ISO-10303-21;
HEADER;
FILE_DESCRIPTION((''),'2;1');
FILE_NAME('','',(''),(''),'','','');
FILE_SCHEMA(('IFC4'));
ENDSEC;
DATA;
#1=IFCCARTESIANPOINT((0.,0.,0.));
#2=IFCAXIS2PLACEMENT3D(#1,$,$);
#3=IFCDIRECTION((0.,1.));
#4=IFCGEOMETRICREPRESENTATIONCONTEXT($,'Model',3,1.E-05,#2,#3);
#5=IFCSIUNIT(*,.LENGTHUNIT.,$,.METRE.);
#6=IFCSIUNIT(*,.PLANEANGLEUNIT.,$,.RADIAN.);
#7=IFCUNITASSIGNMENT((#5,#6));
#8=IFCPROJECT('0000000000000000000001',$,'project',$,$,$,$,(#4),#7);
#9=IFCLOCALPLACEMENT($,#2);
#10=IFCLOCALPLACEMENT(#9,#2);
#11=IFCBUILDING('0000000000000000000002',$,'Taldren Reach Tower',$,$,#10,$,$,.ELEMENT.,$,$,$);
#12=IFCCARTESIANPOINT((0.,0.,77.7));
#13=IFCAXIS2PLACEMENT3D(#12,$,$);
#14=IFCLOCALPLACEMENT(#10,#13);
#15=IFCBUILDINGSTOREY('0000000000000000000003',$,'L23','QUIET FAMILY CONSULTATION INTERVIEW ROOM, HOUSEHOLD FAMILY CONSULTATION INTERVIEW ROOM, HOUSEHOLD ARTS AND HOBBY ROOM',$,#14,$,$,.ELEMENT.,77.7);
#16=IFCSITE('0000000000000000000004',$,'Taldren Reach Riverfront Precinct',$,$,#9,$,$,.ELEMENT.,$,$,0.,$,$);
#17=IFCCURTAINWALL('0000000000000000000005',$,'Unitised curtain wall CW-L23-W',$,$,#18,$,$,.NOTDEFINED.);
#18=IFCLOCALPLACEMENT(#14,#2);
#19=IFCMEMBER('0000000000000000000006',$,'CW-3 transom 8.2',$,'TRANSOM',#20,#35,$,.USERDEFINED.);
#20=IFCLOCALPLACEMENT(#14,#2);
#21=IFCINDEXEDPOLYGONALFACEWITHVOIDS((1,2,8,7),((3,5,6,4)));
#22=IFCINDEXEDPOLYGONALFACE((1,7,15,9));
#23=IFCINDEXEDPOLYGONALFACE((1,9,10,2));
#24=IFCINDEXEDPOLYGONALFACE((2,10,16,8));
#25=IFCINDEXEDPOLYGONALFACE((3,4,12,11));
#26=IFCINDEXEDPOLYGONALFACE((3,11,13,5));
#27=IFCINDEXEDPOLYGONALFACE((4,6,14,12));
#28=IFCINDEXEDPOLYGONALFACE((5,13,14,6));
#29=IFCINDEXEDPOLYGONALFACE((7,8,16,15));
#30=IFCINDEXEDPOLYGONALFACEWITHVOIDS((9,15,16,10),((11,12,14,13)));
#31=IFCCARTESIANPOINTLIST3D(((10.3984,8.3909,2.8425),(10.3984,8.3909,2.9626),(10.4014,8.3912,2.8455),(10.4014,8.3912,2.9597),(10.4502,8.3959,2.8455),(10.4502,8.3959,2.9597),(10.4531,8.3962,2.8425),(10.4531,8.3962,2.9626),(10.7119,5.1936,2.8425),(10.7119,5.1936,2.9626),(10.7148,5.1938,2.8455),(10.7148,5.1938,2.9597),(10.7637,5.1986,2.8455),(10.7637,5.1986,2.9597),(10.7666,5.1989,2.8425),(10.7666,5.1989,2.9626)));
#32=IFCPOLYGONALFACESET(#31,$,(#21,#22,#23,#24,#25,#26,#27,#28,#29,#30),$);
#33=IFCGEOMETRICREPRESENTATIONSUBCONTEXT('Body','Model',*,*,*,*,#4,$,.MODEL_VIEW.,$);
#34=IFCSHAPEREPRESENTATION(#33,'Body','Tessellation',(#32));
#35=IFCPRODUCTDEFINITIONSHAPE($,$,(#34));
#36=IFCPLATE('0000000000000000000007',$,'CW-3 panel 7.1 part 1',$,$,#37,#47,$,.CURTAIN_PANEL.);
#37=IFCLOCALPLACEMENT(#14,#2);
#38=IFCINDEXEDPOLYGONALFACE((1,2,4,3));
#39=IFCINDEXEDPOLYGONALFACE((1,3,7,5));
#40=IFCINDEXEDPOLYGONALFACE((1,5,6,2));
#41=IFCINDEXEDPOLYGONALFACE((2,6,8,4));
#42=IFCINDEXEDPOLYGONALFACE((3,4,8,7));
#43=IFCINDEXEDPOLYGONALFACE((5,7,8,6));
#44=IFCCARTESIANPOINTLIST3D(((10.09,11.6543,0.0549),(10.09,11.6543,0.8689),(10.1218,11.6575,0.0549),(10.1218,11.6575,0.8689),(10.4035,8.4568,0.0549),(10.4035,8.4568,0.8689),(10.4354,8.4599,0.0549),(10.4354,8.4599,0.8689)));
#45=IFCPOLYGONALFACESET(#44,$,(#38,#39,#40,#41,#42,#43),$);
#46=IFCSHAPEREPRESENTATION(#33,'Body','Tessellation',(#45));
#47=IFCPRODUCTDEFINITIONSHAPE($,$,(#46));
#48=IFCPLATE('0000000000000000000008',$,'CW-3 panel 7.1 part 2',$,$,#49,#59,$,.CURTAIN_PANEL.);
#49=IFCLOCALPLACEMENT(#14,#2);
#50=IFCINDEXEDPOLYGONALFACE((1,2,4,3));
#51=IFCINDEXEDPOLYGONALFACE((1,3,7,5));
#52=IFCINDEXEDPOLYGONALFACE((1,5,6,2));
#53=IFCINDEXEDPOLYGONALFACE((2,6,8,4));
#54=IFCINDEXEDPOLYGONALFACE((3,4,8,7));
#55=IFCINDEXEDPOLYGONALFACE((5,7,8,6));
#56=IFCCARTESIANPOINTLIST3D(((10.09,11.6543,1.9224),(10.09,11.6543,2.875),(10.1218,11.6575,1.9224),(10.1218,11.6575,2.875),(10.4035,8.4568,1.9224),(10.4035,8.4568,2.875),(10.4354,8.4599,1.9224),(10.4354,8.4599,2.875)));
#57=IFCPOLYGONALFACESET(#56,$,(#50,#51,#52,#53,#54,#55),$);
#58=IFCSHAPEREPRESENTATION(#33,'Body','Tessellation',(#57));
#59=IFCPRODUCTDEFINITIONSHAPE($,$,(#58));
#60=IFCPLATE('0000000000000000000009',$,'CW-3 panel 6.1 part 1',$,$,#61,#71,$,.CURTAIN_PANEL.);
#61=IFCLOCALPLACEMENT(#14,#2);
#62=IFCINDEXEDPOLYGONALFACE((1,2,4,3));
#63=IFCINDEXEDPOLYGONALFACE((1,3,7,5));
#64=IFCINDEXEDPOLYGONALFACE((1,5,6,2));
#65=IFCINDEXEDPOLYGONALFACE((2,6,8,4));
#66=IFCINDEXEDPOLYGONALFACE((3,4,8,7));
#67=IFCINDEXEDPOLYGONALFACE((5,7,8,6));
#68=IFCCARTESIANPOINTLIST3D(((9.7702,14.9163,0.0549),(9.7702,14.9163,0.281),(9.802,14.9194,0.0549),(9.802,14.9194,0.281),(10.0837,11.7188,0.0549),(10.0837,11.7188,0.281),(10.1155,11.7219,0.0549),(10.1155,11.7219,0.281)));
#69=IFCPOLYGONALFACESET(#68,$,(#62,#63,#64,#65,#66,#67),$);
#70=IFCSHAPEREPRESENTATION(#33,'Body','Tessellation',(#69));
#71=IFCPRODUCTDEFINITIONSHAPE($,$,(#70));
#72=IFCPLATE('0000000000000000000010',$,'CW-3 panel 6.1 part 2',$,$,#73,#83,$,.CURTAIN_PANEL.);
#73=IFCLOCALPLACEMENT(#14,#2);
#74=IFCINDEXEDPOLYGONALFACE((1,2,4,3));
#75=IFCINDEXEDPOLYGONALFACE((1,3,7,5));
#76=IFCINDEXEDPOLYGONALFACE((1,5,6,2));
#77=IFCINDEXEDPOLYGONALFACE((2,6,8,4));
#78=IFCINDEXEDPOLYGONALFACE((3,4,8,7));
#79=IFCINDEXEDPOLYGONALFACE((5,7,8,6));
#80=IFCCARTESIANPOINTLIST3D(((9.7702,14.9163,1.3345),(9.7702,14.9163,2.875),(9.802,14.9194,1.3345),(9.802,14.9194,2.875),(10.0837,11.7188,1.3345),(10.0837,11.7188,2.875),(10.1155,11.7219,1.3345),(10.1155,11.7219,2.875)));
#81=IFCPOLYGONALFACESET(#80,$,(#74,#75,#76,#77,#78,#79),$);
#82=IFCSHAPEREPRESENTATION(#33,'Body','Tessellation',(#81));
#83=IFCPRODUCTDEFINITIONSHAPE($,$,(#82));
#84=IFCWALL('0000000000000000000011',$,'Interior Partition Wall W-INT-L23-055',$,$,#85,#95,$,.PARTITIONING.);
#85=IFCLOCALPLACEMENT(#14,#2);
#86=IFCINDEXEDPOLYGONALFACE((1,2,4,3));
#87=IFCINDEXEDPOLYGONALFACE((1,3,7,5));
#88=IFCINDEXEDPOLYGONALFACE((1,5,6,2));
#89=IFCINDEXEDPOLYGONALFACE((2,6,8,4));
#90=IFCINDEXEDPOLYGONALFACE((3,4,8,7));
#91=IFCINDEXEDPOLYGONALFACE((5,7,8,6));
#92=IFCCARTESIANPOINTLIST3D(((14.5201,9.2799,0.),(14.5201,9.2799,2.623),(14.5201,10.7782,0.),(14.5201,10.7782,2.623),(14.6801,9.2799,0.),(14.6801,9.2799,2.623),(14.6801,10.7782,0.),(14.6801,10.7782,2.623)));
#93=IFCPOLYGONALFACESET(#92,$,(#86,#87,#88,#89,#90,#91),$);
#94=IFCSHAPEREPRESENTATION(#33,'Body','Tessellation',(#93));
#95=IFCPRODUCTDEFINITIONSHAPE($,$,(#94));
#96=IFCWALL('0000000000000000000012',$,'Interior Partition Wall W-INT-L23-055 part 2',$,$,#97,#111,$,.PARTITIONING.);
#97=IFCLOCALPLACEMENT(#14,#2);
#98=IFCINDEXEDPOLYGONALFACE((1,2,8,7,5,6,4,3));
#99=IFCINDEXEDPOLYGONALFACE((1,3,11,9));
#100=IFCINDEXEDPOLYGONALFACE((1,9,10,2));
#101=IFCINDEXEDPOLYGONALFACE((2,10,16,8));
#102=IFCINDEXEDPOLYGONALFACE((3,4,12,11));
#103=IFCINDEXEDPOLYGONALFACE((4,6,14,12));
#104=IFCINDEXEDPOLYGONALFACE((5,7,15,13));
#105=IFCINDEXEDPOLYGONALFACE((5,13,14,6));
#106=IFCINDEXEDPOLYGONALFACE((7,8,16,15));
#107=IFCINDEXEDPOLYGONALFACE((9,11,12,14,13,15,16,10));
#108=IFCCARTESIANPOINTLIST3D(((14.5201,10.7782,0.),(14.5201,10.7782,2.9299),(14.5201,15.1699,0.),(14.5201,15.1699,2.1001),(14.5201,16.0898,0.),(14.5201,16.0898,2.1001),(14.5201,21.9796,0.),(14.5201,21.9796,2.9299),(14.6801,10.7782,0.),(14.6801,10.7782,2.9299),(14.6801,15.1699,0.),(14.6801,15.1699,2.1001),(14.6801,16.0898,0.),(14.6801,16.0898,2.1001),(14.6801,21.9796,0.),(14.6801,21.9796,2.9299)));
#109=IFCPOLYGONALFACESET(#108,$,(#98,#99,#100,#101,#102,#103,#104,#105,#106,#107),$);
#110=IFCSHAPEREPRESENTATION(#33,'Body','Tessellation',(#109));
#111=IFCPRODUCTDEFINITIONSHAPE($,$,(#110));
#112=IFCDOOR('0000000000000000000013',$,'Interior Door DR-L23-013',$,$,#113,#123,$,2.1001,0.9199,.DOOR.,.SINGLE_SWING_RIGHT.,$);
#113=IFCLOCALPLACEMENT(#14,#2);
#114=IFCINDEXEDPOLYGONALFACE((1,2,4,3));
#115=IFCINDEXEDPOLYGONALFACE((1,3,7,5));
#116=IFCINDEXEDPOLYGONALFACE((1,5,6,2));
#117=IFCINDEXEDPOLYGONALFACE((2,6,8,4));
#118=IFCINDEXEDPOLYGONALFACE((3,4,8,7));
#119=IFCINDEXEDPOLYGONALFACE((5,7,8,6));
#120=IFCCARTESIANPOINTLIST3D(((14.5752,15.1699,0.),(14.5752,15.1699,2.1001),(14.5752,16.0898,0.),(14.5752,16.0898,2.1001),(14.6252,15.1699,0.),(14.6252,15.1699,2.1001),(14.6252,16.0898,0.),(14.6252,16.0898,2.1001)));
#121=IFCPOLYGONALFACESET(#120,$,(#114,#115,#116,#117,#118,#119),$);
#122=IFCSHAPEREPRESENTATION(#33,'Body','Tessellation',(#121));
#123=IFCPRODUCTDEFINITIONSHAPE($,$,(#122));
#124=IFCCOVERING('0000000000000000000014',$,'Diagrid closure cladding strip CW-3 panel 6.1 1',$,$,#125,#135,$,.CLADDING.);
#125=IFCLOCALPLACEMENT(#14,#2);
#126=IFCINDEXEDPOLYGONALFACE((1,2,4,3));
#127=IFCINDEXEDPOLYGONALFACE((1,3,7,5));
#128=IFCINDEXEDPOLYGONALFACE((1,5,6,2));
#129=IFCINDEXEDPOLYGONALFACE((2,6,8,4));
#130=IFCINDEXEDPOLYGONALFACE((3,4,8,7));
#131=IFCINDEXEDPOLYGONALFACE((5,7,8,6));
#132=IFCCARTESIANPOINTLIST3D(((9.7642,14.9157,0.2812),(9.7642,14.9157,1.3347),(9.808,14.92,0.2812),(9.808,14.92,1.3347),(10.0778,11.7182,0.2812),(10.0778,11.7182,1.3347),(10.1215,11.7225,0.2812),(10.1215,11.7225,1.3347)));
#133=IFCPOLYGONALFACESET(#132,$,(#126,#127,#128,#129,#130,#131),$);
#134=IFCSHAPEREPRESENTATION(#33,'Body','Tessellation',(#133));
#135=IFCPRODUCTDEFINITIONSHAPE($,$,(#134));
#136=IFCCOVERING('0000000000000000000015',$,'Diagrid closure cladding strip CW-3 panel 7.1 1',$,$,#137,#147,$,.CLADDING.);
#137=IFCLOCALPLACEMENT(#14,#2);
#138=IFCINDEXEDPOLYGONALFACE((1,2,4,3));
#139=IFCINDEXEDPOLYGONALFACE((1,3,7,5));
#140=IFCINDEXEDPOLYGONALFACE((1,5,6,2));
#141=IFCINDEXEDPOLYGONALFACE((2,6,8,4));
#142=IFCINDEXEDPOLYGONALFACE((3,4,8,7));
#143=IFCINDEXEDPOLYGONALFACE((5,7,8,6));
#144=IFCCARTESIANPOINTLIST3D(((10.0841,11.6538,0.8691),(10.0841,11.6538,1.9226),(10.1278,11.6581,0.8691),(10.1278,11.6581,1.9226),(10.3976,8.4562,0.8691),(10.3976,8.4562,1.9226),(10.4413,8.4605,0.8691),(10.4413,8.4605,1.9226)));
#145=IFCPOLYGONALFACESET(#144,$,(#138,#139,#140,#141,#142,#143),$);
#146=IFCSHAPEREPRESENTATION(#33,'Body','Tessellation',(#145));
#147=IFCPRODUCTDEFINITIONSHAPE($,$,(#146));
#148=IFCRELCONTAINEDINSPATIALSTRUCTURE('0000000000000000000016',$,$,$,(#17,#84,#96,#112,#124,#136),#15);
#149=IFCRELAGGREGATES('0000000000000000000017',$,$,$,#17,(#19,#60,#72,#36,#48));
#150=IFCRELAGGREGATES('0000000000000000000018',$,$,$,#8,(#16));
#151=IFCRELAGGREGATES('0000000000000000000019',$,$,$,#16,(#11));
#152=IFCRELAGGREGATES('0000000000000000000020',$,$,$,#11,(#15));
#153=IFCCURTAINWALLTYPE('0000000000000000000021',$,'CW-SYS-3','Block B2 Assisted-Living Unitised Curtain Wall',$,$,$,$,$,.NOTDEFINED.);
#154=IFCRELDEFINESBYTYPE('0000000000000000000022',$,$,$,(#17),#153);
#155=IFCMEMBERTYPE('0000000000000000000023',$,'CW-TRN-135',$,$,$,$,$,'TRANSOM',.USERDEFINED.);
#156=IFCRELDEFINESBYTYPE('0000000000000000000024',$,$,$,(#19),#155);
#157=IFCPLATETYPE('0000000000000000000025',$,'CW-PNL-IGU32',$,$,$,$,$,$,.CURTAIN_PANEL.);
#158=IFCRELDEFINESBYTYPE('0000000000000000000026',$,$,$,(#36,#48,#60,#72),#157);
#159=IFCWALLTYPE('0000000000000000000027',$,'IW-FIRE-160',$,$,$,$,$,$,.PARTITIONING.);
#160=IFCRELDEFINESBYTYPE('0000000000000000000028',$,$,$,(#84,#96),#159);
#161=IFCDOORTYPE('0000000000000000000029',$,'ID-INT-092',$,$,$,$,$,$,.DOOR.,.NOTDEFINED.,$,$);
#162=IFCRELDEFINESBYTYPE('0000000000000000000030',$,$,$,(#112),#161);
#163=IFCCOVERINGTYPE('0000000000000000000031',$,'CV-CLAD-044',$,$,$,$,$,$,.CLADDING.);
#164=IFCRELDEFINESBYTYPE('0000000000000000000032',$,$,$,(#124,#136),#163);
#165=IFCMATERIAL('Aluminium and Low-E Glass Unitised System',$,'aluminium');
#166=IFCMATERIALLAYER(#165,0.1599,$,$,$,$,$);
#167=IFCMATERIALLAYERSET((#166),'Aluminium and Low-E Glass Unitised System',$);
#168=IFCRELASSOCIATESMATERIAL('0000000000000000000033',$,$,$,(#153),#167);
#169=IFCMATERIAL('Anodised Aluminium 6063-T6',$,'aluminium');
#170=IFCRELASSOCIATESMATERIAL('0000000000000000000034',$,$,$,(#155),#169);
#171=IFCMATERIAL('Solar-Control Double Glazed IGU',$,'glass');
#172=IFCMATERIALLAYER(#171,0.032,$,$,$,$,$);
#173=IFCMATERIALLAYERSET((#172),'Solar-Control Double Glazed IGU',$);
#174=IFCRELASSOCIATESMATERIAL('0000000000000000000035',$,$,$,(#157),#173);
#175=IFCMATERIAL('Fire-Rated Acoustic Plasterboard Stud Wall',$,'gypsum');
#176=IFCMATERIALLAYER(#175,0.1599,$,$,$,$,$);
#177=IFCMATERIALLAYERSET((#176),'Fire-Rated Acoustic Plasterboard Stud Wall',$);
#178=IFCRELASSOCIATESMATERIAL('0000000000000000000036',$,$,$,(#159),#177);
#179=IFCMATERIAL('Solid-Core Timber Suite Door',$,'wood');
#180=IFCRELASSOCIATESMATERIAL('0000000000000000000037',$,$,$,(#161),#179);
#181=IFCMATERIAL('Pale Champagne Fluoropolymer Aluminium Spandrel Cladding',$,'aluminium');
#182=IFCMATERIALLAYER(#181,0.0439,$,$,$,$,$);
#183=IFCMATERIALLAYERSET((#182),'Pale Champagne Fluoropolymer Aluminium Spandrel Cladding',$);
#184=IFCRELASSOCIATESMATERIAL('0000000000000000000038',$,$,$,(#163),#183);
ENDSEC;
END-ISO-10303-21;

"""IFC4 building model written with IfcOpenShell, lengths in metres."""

from ifc_helpers import new_model, si_unit, direction, frame, frame_2d, origin, origin_2d, place, context, subcontext, project, spatial, rectangle, hollow_rectangle, extrude, source, transform, mapped, material, layer, layer_set, material_profile, profile_set, type_object, element, fill, aggregate, save


model = new_model("IFC4")

# Units and contexts
model_context = context("Model", 3, precision=1e-05, world=origin(), true_north=direction((0.0, 1.0)))
body_context = subcontext(model_context, "Body", "Model", "MODEL_VIEW")
ifc_project = project(units=[si_unit("LENGTHUNIT", "METRE"), si_unit("PLANEANGLEUNIT", "RADIAN")], contexts=[model_context])

# Site, building, storey
site_placement = place(None, origin())
site = spatial("IfcSite", under=ifc_project, at=site_placement, Name="Taldren Reach Riverfront Precinct", CompositionType="ELEMENT", RefElevation=0.0)
building_placement = place(site_placement, origin())
building = spatial("IfcBuilding", under=site, at=building_placement, Name="Taldren Reach Tower", CompositionType="ELEMENT")
storey_placement = place(building_placement, frame((0.0, 0.0, 77.7)))
storey = spatial("IfcBuildingStorey", under=building, at=storey_placement, Name="L23", Description="QUIET FAMILY CONSULTATION INTERVIEW ROOM, HOUSEHOLD FAMILY CONSULTATION INTERVIEW ROOM, HOUSEHOLD ARTS AND HOBBY ROOM", CompositionType="ELEMENT", Elevation=77.7)

# Curtain wall, member, plates
ifc_material_1 = material(Name="Aluminium and Low-E Glass Unitised System", Category="aluminium")
ifc_layer_1 = layer(ifc_material_1, 0.1599)
ifc_layer_set_1 = layer_set([ifc_layer_1], Name="Aluminium and Low-E Glass Unitised System")
curtain_wall_type = type_object("IfcCurtainWallType", Name="CW-SYS-3", Description="Block B2 Assisted-Living Unitised Curtain Wall", PredefinedType="NOTDEFINED", material=ifc_layer_set_1)
curtain_wall_placement = place(storey_placement, origin())
curtain_wall = element("IfcCurtainWall", 1, at=curtain_wall_placement, inside=storey, type_object=curtain_wall_type, Name="Unitised curtain wall CW-L23-W", PredefinedType="NOTDEFINED")
ifc_material_2 = material(Name="Anodised Aluminium 6063-T6", Category="aluminium")
ifc_material_profile_1 = material_profile(ifc_material_2, hollow_rectangle(XDim=0.0549, YDim=0.1201, WallThickness=0.0029, at=origin_2d()), Name="ALU-120x55x3RHS")
ifc_profile_set_1 = profile_set([ifc_material_profile_1], Name="Anodised Aluminium 6063-T6")
member_type_1 = type_object("IfcMemberType", Name="CW-TRN-135", ElementType="TRANSOM", PredefinedType="USERDEFINED", material=ifc_profile_set_1)
shared_shape_1 = source(origin(), body_context, "Body", "SweptSolid", [
    extrude(hollow_rectangle(XDim=0.0549, YDim=0.1201, WallThickness=0.0029, at=origin_2d()), origin(), (0.0, 0.0, 1.0), 3.2126),
])
member_1_placement = place(storey_placement, frame((10.4258, 8.3936, 2.9026), z_axis=(0.097577, -0.995228, 0.0), x_axis=(0.995228, 0.097577, 0.0)))
member_1 = element("IfcMember", 2, at=member_1_placement, type_object=member_type_1, Name="CW-3 transom 8.2", ObjectType="TRANSOM", PredefinedType="USERDEFINED", context=body_context, shape_type="MappedRepresentation", body=[
    mapped(shared_shape_1, transform((0.0, 0.0, 0.0), scale=1.0)),
])
ifc_material_3 = material(Name="Solar-Control Double Glazed IGU", Category="glass")
ifc_layer_2 = layer(ifc_material_3, 0.032)
ifc_layer_set_2 = layer_set([ifc_layer_2], Name="Solar-Control Double Glazed IGU")
plate_type = type_object("IfcPlateType", Name="CW-PNL-IGU32", PredefinedType="CURTAIN_PANEL", material=ifc_layer_set_2)
shared_shape_2 = source(origin(), body_context, "Body", "SweptSolid", [
    extrude(rectangle(XDim=3.2129, YDim=0.032, at=origin_2d()), origin(), (0.0, 0.0, 1.0), 0.814),
])
plate_1_placement = place(storey_placement, frame((10.2627, 10.0571, 0.0549), z_axis=(0.0, 0.0, 1.0), x_axis=(0.097583, -0.995227, 0.0)))
plate_1 = element("IfcPlate", 3, at=plate_1_placement, type_object=plate_type, Name="CW-3 panel 7.1 part 1", PredefinedType="CURTAIN_PANEL", context=body_context, shape_type="MappedRepresentation", body=[
    mapped(shared_shape_2, transform((0.0, 0.0, 0.0), scale=1.0)),
])
shared_shape_3 = source(origin(), body_context, "Body", "SweptSolid", [
    extrude(rectangle(XDim=3.2129, YDim=0.032, at=origin_2d()), origin(), (0.0, 0.0, 1.0), 0.9526),
])
plate_2_placement = place(storey_placement, frame((10.2627, 10.0571, 1.9224), z_axis=(0.0, 0.0, 1.0), x_axis=(0.097583, -0.995227, 0.0)))
plate_2 = element("IfcPlate", 4, at=plate_2_placement, type_object=plate_type, Name="CW-3 panel 7.1 part 2", PredefinedType="CURTAIN_PANEL", context=body_context, shape_type="MappedRepresentation", body=[
    mapped(shared_shape_3, transform((0.0, 0.0, 0.0), scale=1.0)),
])
shared_shape_4 = source(origin(), body_context, "Body", "SweptSolid", [
    extrude(rectangle(XDim=3.2129, YDim=0.032, at=origin_2d()), origin(), (0.0, 0.0, 1.0), 0.2261),
])
plate_3_placement = place(storey_placement, frame((9.9429, 13.3191, 0.0549), z_axis=(0.0, 0.0, 1.0), x_axis=(0.097583, -0.995227, 0.0)))
plate_3 = element("IfcPlate", 5, at=plate_3_placement, type_object=plate_type, Name="CW-3 panel 6.1 part 1", PredefinedType="CURTAIN_PANEL", context=body_context, shape_type="MappedRepresentation", body=[
    mapped(shared_shape_4, transform((0.0, 0.0, 0.0), scale=1.0)),
])
shared_shape_5 = source(origin(), body_context, "Body", "SweptSolid", [
    extrude(rectangle(XDim=3.2129, YDim=0.032, at=origin_2d()), origin(), (0.0, 0.0, 1.0), 1.5405),
])
plate_4_placement = place(storey_placement, frame((9.9429, 13.3191, 1.3345), z_axis=(0.0, 0.0, 1.0), x_axis=(0.097583, -0.995227, 0.0)))
plate_4 = element("IfcPlate", 6, at=plate_4_placement, type_object=plate_type, Name="CW-3 panel 6.1 part 2", PredefinedType="CURTAIN_PANEL", context=body_context, shape_type="MappedRepresentation", body=[
    mapped(shared_shape_5, transform((0.0, 0.0, 0.0), scale=1.0)),
])
aggregate(curtain_wall, [member_1, plate_3, plate_4, plate_1, plate_2])

# Wall
ifc_material_4 = material(Name="Fire-Rated Acoustic Plasterboard Stud Wall", Category="gypsum")
ifc_layer_3 = layer(ifc_material_4, 0.1599)
ifc_layer_set_3 = layer_set([ifc_layer_3], Name="Fire-Rated Acoustic Plasterboard Stud Wall")
wall_type = type_object("IfcWallType", Name="IW-FIRE-160", PredefinedType="PARTITIONING", material=ifc_layer_set_3)
shared_shape_6 = source(origin(), body_context, "Body", "SweptSolid", [
    extrude(rectangle(XDim=1.4983, YDim=0.1599, at=frame_2d((0.749, 0.0))), origin(), (0.0, 0.0, 1.0), 2.623),
])
wall_1_placement = place(storey_placement, frame((14.6001, 9.28, 0.0), z_axis=(0.0, 0.0, 1.0), x_axis=(0.0, 1.0, 0.0)))
element("IfcWall", 7, at=wall_1_placement, inside=storey, type_object=wall_type, Name="Interior Partition Wall W-INT-L23-055", PredefinedType="PARTITIONING", context=body_context, shape_type="MappedRepresentation", body=[
    mapped(shared_shape_6, transform((0.0, 0.0, 0.0), scale=1.0)),
])

# Wall, opening, door
shared_shape_7 = source(origin(), body_context, "Body", "SweptSolid", [
    extrude(rectangle(XDim=11.2014, YDim=0.1599, at=frame_2d((5.6006, 0.0))), origin(), (0.0, 0.0, 1.0), 2.9299),
])
wall_2_placement = place(storey_placement, frame((14.6001, 10.7783, 0.0), z_axis=(0.0, 0.0, 1.0), x_axis=(0.0, 1.0, 0.0)))
wall_2 = element("IfcWall", 8, at=wall_2_placement, inside=storey, type_object=wall_type, Name="Interior Partition Wall W-INT-L23-055 part 2", PredefinedType="PARTITIONING", context=body_context, shape_type="MappedRepresentation", body=[
    mapped(shared_shape_7, transform((0.0, 0.0, 0.0), scale=1.0)),
])
shared_shape_8 = source(origin(), body_context, "Body", "SweptSolid", [
    extrude(rectangle(XDim=0.9199, YDim=2.1001, at=frame_2d((0.46, 1.05))), frame((0.0, 0.0898, 0.0), z_axis=(0.0, -1.0, 0.0), x_axis=(1.0, 0.0, 0.0)), (0.0, 0.0, 1.0), 0.1799),
])
opening_placement = place(wall_2_placement, frame((4.3916, 0.0, 0.0)))
opening = element("IfcOpeningElement", 9, at=opening_placement, cuts=wall_2, PredefinedType="OPENING", context=body_context, shape_type="MappedRepresentation", body=[
    mapped(shared_shape_8, transform((0.0, 0.0, 0.0), scale=1.0)),
])
ifc_material_5 = material(Name="Solid-Core Timber Suite Door", Category="wood")
door_type = type_object("IfcDoorType", Name="ID-INT-092", OperationType="NOTDEFINED", PredefinedType="DOOR", material=ifc_material_5)
shared_shape_9 = source(origin(), body_context, "Body", "SweptSolid", [
    extrude(rectangle(XDim=0.9199, YDim=2.1001, at=frame_2d((0.46, 1.05))), frame((0.0, 0.0249, 0.0), z_axis=(0.0, -1.0, 0.0), x_axis=(1.0, 0.0, 0.0)), (0.0, 0.0, 1.0), 0.05),
])
door_placement = place(opening_placement, origin())
door = element("IfcDoor", 10, at=door_placement, inside=storey, type_object=door_type, Name="Interior Door DR-L23-013", OperationType="SINGLE_SWING_RIGHT", OverallHeight=2.1001, OverallWidth=0.9199, PredefinedType="DOOR", context=body_context, shape_type="MappedRepresentation", body=[
    mapped(shared_shape_9, transform((0.0, 0.0, 0.0), scale=1.0)),
])
fill(opening, door)

# Coverings
ifc_material_6 = material(Name="Pale Champagne Fluoropolymer Aluminium Spandrel Cladding", Category="aluminium")
ifc_layer_4 = layer(ifc_material_6, 0.0439)
ifc_layer_set_4 = layer_set([ifc_layer_4], Name="Pale Champagne Fluoropolymer Aluminium Spandrel Cladding")
covering_type = type_object("IfcCoveringType", Name="CV-CLAD-044", PredefinedType="CLADDING", material=ifc_layer_set_4)
shared_shape_10 = source(origin(), body_context, "Body", "SweptSolid", [
    extrude(rectangle(XDim=3.2129, YDim=0.0439, at=origin_2d()), origin(), (0.0, 0.0, 1.0), 1.0535),
])
for number, where, z_axis, x_axis, name in (
    (11, (9.9429, 13.3191, 0.2812), (0.0, 0.0, 1.0), (0.097583, -0.995227, 0.0), "Diagrid closure cladding strip CW-3 panel 6.1 1"),
    (12, (10.2627, 10.0571, 0.8691), (0.0, 0.0, 1.0), (0.097583, -0.995227, 0.0), "Diagrid closure cladding strip CW-3 panel 7.1 1"),
):
    element("IfcCovering", number, at=place(storey_placement, frame(where, z_axis=z_axis, x_axis=x_axis)), inside=storey, type_object=covering_type, Name=name, PredefinedType="CLADDING", context=body_context, shape_type="MappedRepresentation", body=[
        mapped(shared_shape_10, transform((0.0, 0.0, 0.0), scale=1.0)),
    ])

save(model, "model.ifc")
